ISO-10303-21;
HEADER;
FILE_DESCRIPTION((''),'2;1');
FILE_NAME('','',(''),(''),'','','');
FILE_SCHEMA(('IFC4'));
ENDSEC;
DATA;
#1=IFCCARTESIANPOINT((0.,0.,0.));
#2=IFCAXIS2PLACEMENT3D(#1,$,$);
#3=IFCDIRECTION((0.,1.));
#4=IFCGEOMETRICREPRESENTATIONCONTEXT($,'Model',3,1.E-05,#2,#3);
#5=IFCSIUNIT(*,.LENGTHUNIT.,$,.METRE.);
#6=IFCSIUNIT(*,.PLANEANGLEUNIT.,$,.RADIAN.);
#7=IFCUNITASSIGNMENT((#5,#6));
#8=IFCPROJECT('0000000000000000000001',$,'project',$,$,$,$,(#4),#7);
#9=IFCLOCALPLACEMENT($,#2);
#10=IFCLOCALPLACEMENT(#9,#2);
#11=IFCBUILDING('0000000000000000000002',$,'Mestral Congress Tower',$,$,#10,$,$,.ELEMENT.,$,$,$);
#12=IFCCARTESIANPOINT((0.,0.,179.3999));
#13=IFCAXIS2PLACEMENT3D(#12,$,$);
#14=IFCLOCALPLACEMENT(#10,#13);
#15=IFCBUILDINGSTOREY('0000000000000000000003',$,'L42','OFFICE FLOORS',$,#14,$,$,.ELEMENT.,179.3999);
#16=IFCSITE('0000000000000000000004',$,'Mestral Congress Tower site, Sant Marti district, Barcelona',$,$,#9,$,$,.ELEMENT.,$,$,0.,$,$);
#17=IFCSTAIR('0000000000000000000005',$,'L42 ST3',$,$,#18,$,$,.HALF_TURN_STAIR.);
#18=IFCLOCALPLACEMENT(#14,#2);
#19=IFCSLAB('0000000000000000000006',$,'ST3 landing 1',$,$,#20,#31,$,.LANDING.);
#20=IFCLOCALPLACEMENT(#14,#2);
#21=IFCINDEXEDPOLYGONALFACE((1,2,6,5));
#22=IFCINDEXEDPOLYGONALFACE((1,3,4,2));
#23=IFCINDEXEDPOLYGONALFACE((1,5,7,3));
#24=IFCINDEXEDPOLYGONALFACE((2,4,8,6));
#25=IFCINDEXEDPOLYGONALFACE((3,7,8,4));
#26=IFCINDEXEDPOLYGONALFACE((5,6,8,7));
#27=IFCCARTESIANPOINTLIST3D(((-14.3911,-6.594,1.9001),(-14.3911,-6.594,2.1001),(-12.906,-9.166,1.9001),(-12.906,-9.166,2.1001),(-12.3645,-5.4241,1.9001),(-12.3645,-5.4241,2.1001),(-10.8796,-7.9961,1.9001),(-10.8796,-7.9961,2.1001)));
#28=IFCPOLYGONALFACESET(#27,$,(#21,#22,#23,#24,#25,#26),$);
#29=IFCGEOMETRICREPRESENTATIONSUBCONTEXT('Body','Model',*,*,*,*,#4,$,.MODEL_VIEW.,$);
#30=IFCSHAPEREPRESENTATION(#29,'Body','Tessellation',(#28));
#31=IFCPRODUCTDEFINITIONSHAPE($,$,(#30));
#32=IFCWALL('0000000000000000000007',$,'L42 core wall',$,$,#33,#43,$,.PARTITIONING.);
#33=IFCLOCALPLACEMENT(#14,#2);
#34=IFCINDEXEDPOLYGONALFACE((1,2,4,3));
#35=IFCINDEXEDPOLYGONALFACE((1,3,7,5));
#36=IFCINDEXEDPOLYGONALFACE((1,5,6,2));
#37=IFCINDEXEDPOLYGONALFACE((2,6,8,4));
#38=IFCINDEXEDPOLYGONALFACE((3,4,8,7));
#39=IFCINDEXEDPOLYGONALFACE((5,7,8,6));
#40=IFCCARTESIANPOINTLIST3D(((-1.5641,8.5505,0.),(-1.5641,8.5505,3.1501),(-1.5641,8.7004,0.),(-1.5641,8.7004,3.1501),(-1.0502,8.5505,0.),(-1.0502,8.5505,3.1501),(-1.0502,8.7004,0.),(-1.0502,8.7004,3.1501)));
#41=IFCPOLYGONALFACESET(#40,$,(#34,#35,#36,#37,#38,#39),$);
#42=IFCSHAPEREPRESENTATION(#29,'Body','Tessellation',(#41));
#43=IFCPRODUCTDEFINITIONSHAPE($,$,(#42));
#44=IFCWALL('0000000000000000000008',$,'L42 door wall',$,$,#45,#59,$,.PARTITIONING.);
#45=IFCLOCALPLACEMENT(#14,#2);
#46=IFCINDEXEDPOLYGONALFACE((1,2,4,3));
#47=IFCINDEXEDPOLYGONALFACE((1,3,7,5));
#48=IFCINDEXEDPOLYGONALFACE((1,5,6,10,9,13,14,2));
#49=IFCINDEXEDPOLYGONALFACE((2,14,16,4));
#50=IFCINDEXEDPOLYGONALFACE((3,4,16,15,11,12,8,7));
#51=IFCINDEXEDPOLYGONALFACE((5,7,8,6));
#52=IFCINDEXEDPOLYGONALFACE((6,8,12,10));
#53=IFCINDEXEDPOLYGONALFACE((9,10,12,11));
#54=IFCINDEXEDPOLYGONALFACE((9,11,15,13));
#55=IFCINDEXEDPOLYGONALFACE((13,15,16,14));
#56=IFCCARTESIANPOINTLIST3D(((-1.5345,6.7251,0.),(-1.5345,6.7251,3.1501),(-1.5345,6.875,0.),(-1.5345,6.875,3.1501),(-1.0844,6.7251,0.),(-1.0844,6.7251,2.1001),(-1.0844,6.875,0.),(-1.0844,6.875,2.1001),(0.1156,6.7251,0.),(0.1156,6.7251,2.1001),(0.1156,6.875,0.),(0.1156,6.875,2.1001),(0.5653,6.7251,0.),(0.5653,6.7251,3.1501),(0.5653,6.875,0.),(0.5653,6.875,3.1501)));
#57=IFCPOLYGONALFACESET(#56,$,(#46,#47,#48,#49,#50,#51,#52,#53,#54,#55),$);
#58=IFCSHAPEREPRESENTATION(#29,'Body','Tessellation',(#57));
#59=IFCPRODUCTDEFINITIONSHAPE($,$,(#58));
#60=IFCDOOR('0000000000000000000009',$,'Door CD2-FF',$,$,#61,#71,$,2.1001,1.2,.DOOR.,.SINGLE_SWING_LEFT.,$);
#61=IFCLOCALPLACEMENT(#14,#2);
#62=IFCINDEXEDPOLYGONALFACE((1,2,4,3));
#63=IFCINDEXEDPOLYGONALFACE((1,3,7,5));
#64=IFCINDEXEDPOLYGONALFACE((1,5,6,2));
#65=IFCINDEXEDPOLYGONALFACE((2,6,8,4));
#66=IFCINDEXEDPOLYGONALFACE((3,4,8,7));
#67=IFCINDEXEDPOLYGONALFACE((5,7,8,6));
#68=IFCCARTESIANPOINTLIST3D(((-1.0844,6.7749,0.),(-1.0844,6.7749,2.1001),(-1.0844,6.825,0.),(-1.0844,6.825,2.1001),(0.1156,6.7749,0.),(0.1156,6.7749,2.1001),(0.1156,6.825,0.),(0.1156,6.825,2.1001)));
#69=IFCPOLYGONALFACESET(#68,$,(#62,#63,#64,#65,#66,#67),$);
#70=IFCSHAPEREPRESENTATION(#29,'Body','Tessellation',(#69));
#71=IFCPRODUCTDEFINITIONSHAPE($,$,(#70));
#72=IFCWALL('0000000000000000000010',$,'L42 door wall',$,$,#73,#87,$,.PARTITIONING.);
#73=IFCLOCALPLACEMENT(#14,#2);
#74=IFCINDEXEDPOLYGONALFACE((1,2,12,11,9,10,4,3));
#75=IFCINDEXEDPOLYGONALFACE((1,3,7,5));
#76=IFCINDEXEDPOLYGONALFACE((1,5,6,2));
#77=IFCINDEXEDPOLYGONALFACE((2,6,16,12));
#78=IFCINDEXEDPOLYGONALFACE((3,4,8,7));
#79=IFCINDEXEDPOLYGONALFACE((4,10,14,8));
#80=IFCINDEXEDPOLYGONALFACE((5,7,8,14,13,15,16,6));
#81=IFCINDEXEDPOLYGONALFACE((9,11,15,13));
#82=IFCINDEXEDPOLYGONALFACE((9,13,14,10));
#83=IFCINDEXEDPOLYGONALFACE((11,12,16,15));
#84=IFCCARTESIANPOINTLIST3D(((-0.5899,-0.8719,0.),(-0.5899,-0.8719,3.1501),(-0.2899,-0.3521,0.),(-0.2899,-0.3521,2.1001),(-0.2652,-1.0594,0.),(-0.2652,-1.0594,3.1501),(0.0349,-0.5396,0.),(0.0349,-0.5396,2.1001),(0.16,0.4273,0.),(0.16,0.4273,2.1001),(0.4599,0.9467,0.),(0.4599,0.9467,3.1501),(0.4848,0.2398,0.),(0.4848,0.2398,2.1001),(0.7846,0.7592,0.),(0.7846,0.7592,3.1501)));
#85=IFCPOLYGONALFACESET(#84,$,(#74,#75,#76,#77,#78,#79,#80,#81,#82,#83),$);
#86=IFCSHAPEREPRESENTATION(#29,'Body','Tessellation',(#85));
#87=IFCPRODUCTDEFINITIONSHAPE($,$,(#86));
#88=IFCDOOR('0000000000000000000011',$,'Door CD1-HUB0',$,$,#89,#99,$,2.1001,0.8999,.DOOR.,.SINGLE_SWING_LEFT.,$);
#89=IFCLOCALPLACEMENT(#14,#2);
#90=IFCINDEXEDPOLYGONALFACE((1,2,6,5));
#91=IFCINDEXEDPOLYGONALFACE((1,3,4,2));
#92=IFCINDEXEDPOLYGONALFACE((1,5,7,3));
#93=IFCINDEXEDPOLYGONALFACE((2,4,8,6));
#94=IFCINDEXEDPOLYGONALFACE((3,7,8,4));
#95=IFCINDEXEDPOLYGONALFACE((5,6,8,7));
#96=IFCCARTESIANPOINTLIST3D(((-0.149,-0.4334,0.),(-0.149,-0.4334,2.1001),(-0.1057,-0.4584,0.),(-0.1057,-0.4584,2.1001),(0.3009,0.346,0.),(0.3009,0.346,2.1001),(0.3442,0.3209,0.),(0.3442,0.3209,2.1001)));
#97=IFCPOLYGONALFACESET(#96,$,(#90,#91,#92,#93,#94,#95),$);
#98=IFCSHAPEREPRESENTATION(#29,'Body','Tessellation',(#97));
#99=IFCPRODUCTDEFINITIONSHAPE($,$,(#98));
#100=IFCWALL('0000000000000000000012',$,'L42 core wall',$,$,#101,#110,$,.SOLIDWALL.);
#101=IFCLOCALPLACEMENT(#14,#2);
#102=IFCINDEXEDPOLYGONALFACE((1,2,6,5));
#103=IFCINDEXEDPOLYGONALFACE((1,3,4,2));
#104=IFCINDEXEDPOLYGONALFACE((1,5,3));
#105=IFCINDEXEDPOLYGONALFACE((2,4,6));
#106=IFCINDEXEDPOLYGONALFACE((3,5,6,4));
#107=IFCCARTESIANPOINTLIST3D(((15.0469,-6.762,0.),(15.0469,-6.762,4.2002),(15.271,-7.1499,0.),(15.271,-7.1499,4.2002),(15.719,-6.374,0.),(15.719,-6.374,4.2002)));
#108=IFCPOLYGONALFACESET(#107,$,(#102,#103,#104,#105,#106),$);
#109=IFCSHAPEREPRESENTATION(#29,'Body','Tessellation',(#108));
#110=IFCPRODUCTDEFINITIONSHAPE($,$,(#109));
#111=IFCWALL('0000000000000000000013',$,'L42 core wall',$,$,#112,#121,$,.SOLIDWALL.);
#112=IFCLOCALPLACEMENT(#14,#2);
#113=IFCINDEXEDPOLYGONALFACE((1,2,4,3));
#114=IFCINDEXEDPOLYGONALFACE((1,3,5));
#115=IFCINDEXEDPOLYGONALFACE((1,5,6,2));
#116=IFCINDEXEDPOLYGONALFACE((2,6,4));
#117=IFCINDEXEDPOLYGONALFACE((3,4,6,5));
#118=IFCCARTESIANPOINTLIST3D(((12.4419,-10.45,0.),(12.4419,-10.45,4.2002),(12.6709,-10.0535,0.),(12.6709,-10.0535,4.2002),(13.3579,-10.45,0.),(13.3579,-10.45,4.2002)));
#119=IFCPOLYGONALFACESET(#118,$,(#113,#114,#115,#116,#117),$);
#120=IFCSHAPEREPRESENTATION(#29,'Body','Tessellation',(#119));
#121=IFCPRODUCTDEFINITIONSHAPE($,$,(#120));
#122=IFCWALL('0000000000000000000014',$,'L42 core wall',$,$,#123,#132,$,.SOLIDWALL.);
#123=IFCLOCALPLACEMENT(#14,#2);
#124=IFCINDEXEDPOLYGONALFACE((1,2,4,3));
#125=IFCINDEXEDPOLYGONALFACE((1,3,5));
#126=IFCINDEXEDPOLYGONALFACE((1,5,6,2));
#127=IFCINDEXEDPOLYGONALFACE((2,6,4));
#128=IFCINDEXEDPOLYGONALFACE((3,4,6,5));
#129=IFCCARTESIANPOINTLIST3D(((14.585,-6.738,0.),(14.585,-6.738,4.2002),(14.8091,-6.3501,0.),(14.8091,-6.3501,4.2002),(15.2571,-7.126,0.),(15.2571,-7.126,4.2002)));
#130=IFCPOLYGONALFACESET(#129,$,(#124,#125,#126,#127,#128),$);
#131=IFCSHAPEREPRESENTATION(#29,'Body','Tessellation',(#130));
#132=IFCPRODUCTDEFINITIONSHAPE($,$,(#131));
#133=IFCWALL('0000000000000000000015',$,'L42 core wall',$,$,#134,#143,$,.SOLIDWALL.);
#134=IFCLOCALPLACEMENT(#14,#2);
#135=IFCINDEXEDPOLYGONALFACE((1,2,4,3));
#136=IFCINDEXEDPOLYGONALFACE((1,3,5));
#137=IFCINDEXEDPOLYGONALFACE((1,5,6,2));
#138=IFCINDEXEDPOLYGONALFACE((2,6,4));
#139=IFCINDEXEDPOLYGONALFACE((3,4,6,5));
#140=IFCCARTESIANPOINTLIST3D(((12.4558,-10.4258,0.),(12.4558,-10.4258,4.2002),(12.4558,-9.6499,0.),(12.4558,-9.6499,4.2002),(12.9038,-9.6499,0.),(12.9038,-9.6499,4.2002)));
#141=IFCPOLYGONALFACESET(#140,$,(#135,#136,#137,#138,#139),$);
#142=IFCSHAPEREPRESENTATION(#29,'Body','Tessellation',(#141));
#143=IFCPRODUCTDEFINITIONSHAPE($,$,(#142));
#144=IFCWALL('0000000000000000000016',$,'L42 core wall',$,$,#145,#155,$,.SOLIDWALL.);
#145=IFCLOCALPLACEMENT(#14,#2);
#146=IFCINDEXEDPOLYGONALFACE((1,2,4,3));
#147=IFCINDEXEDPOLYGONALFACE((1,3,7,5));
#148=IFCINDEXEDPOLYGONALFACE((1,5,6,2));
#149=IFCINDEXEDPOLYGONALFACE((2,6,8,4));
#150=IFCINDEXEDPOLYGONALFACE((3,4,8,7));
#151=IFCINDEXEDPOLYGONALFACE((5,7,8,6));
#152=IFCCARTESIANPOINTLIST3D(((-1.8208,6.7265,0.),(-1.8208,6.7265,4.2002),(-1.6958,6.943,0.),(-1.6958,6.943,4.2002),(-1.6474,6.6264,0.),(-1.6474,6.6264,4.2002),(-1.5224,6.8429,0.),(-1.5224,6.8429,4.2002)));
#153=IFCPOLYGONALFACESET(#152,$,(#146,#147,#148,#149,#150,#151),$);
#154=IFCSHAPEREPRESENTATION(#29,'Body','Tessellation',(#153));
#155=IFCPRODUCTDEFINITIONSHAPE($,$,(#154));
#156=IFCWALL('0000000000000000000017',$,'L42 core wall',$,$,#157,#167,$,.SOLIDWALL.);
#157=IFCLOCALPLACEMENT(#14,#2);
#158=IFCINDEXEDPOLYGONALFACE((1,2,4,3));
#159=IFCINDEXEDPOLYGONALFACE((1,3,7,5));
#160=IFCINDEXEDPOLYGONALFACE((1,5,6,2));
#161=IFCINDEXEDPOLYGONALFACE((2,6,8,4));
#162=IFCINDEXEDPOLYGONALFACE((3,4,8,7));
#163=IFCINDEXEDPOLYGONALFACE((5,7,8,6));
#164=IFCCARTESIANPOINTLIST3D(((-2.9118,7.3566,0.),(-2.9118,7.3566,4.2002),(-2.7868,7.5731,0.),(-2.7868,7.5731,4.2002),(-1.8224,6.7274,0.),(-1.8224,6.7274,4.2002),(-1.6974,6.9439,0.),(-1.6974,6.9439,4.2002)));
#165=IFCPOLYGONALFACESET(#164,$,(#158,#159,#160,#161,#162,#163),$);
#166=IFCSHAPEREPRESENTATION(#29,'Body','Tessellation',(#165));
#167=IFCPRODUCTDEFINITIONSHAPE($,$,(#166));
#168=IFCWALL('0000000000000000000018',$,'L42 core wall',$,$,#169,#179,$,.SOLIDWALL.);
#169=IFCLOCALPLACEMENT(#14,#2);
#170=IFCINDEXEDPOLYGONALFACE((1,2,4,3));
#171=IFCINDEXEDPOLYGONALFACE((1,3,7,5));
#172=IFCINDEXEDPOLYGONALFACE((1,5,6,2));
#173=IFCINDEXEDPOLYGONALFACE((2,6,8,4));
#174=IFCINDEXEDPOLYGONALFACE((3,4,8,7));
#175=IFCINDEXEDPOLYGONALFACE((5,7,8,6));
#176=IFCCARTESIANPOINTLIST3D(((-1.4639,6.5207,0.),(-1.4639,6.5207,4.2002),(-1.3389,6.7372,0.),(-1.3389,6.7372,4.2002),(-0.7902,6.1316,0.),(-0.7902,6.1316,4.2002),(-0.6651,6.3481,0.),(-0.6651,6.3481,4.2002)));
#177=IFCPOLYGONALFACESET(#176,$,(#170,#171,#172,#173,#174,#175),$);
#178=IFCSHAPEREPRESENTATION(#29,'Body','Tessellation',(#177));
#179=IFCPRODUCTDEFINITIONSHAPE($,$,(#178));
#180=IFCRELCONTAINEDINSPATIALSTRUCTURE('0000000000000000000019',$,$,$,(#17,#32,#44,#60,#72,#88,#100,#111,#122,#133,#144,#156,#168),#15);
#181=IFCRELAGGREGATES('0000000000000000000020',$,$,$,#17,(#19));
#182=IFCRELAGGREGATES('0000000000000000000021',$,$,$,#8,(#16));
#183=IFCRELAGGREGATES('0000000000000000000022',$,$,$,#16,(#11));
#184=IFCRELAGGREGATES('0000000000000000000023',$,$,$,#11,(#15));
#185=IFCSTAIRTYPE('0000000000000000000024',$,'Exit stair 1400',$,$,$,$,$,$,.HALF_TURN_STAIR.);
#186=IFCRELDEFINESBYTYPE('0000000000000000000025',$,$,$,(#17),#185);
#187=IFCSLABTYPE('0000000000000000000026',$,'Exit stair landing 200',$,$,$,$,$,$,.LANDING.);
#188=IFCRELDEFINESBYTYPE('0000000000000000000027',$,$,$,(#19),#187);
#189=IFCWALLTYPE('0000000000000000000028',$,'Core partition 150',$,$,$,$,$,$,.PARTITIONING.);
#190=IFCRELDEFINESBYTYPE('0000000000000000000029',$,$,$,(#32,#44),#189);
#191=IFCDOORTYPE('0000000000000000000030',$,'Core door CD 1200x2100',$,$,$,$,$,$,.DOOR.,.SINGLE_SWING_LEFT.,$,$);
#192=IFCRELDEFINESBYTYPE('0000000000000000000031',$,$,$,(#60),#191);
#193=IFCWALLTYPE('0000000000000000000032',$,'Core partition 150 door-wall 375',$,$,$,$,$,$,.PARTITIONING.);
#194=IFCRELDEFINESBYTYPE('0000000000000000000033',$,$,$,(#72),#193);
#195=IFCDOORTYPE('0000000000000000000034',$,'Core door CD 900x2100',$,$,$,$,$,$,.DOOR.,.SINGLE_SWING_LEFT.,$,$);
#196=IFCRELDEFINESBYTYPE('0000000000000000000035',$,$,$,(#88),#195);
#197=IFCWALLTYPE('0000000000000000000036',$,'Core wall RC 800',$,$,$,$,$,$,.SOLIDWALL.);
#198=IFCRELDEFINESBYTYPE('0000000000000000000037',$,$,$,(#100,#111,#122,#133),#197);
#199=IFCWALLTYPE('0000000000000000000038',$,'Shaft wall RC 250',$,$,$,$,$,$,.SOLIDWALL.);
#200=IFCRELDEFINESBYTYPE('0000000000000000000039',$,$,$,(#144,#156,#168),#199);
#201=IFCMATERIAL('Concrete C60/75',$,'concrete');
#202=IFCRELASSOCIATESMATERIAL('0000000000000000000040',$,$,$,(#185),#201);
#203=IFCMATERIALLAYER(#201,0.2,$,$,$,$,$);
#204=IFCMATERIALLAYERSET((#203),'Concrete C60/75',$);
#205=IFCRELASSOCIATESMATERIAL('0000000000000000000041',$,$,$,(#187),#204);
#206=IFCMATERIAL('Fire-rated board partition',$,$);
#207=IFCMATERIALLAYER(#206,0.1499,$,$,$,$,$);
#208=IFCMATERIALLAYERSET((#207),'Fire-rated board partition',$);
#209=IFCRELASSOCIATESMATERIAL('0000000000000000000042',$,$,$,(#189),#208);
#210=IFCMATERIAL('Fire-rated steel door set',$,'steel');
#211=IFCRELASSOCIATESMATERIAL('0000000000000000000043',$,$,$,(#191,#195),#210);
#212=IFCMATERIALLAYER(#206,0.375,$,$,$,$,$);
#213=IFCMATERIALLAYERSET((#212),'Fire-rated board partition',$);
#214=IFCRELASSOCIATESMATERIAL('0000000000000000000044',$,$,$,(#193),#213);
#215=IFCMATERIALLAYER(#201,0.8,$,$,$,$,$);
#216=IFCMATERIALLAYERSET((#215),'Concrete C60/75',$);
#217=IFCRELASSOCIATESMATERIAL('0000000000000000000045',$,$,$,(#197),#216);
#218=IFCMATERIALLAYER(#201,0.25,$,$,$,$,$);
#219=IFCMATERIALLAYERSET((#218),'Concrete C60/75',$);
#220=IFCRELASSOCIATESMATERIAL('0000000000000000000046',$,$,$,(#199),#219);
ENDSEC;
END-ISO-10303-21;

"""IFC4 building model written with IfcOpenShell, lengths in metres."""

from ifc_helpers import new_model, si_unit, direction, frame, frame_2d, origin, place, context, subcontext, project, spatial, polyline, rectangle, outline, extrude, material, layer, layer_set, type_object, element, fill, aggregate, save


model = new_model("IFC4")

# Units and contexts
model_context = context("Model", 3, precision=1e-05, world=origin(), true_north=direction((0.0, 1.0)))
body_context = subcontext(model_context, "Body", "Model", "MODEL_VIEW")
ifc_project = project(units=[si_unit("LENGTHUNIT", "METRE"), si_unit("PLANEANGLEUNIT", "RADIAN")], contexts=[model_context])

# Site, building, storey
site_placement = place(None, origin())
site = spatial("IfcSite", under=ifc_project, at=site_placement, Name="Mestral Congress Tower site, Sant Marti district, Barcelona", CompositionType="ELEMENT", RefElevation=0.0)
building_placement = place(site_placement, origin())
building = spatial("IfcBuilding", under=site, at=building_placement, Name="Mestral Congress Tower", CompositionType="ELEMENT")
storey_placement = place(building_placement, frame((0.0, 0.0, 179.3999)))
storey = spatial("IfcBuildingStorey", under=building, at=storey_placement, Name="L42", Description="OFFICE FLOORS", CompositionType="ELEMENT", Elevation=179.3999)

# Shared definitions
ifc_material_1 = material(Name="Concrete C60/75", Category="concrete")

# Stair, slab
stair_type = type_object("IfcStairType", Name="Exit stair 1400", PredefinedType="HALF_TURN_STAIR", material=ifc_material_1)
placement_1 = place(storey_placement, origin())
ifc_layer_1 = layer(ifc_material_1, 0.2)
ifc_layer_set_1 = layer_set([ifc_layer_1], Name="Concrete C60/75")
slab_type_1 = type_object("IfcSlabType", Name="Exit stair landing 200", PredefinedType="LANDING", material=ifc_layer_set_1)
placement_2 = place(storey_placement, frame((0.0, 0.0, 1.9001)))
stair_1 = element("IfcStair", 1, at=placement_1, inside=storey, type_object=stair_type, Name="L42 ST3", PredefinedType="HALF_TURN_STAIR")
slab_1 = element("IfcSlab", 2, at=placement_2, type_object=slab_type_1, Name="ST3 landing 1", PredefinedType="LANDING", context=body_context, shape_type="SweptSolid", body=[
    extrude(outline(polyline([(-12.3645, -5.4241), (-10.8796, -7.9961), (-12.906, -9.166), (-14.3911, -6.594), (-12.3645, -5.4241)])), origin(), (0.0, 0.0, 1.0), 0.2),
])
aggregate(stair_1, [slab_1])

# Wall
ifc_material_2 = material(Name="Fire-rated board partition")
ifc_layer_2 = layer(ifc_material_2, 0.1499)
ifc_layer_set_2 = layer_set([ifc_layer_2], Name="Fire-rated board partition")
wall_type_1 = type_object("IfcWallType", Name="Core partition 150", PredefinedType="PARTITIONING", material=ifc_layer_set_2)
wall_1_placement = place(storey_placement, frame((-1.564, 8.6255, 0.0), z_axis=(0.0, 0.0, 1.0), x_axis=(1.0, 0.0, 0.0)))
element("IfcWall", 3, at=wall_1_placement, inside=storey, type_object=wall_type_1, Name="L42 core wall", PredefinedType="PARTITIONING", context=body_context, shape_type="SweptSolid", body=[
    extrude(rectangle(XDim=0.5139, YDim=0.1499, at=frame_2d((0.2568, 0.0))), origin(), (0.0, 0.0, 1.0), 3.1501),
])

# Walls, openings, doors
wall_2_placement = place(storey_placement, frame((-1.5344, 6.8, 0.0), z_axis=(0.0, 0.0, 1.0), x_axis=(1.0, 0.0, 0.0)))
wall_2 = element("IfcWall", 4, at=wall_2_placement, inside=storey, type_object=wall_type_1, Name="L42 door wall", PredefinedType="PARTITIONING", context=body_context, shape_type="SweptSolid", body=[
    extrude(rectangle(XDim=2.0999, YDim=0.1499, at=frame_2d((1.0498, 0.0))), origin(), (0.0, 0.0, 1.0), 3.1501),
])
opening_1_placement = place(wall_2_placement, frame((0.45, 0.0, 0.0)))
opening_1 = element("IfcOpeningElement", 5, at=opening_1_placement, cuts=wall_2, PredefinedType="OPENING", context=body_context, shape_type="SweptSolid", body=[
    extrude(rectangle(XDim=1.2, YDim=2.1001, at=frame_2d((0.6001, 1.05))), frame((0.0, 0.085, 0.0), z_axis=(0.0, -1.0, 0.0), x_axis=(1.0, 0.0, 0.0)), (0.0, 0.0, 1.0), 0.1699),
])
ifc_material_3 = material(Name="Fire-rated steel door set", Category="steel")
door_type_1 = type_object("IfcDoorType", Name="Core door CD 1200x2100", OperationType="SINGLE_SWING_LEFT", PredefinedType="DOOR", material=ifc_material_3)
door_1_placement = place(opening_1_placement, origin())
door_1 = element("IfcDoor", 6, at=door_1_placement, inside=storey, type_object=door_type_1, Name="Door CD2-FF", OperationType="SINGLE_SWING_LEFT", OverallHeight=2.1001, OverallWidth=1.2, PredefinedType="DOOR", context=body_context, shape_type="SweptSolid", body=[
    extrude(rectangle(XDim=1.2, YDim=2.1001, at=frame_2d((0.6001, 1.05))), frame((0.0, 0.0249, 0.0), z_axis=(0.0, -1.0, 0.0), x_axis=(1.0, 0.0, 0.0)), (0.0, 0.0, 1.0), 0.05),
])
fill(opening_1, door_1)
ifc_layer_3 = layer(ifc_material_2, 0.375)
ifc_layer_set_3 = layer_set([ifc_layer_3], Name="Fire-rated board partition")
wall_type_2 = type_object("IfcWallType", Name="Core partition 150 door-wall 375", PredefinedType="PARTITIONING", material=ifc_layer_set_3)
wall_3_placement = place(storey_placement, frame((-0.4275, -0.9656, 0.0), z_axis=(0.0, 0.0, 1.0), x_axis=(0.499941, 0.86606, 0.0)))
wall_3 = element("IfcWall", 7, at=wall_3_placement, inside=storey, type_object=wall_type_2, Name="L42 door wall", PredefinedType="PARTITIONING", context=body_context, shape_type="SweptSolid", body=[
    extrude(rectangle(XDim=2.0999, YDim=0.375, at=frame_2d((1.0498, 0.0))), origin(), (0.0, 0.0, 1.0), 3.1501),
])
opening_2_placement = place(wall_3_placement, frame((0.6001, 0.0, 0.0)))
opening_2 = element("IfcOpeningElement", 8, at=opening_2_placement, cuts=wall_3, PredefinedType="OPENING", context=body_context, shape_type="SweptSolid", body=[
    extrude(rectangle(XDim=0.8999, YDim=2.1001, at=frame_2d((0.45, 1.05))), frame((0.0, 0.1975, 0.0), z_axis=(0.0, -1.0, 0.0), x_axis=(1.0, 0.0, 0.0)), (0.0, 0.0, 1.0), 0.395),
])
door_type_2 = type_object("IfcDoorType", Name="Core door CD 900x2100", OperationType="SINGLE_SWING_LEFT", PredefinedType="DOOR", material=ifc_material_3)
door_2_placement = place(opening_2_placement, origin())
door_2 = element("IfcDoor", 9, at=door_2_placement, inside=storey, type_object=door_type_2, Name="Door CD1-HUB0", OperationType="SINGLE_SWING_LEFT", OverallHeight=2.1001, OverallWidth=0.8999, PredefinedType="DOOR", context=body_context, shape_type="SweptSolid", body=[
    extrude(rectangle(XDim=0.8999, YDim=2.1001, at=frame_2d((0.45, 1.05))), frame((0.0, 0.0249, 0.0), z_axis=(0.0, -1.0, 0.0), x_axis=(1.0, 0.0, 0.0)), (0.0, 0.0, 1.0), 0.05),
])
fill(opening_2, door_2)

# Walls
ifc_layer_4 = layer(ifc_material_1, 0.8)
ifc_layer_set_4 = layer_set([ifc_layer_4], Name="Concrete C60/75")
wall_type_3 = type_object("IfcWallType", Name="Core wall RC 800", PredefinedType="SOLIDWALL", material=ifc_layer_set_4)
element("IfcWall", 10, at=placement_1, inside=storey, type_object=wall_type_3, Name="L42 core wall", PredefinedType="SOLIDWALL", context=body_context, shape_type="SweptSolid", body=[
    extrude(outline(polyline([(15.271, -7.1499), (15.0469, -6.762), (15.719, -6.374), (15.271, -7.1499)])), origin(), (0.0, 0.0, 1.0), 4.2002),
])
element("IfcWall", 11, at=placement_1, inside=storey, type_object=wall_type_3, Name="L42 core wall", PredefinedType="SOLIDWALL", context=body_context, shape_type="SweptSolid", body=[
    extrude(outline(polyline([(12.6709, -10.0535), (13.3579, -10.45), (12.4419, -10.45), (12.6709, -10.0535)])), origin(), (0.0, 0.0, 1.0), 4.2002),
])
element("IfcWall", 12, at=placement_1, inside=storey, type_object=wall_type_3, Name="L42 core wall", PredefinedType="SOLIDWALL", context=body_context, shape_type="SweptSolid", body=[
    extrude(outline(polyline([(14.8091, -6.3501), (15.2571, -7.126), (14.585, -6.738), (14.8091, -6.3501)])), origin(), (0.0, 0.0, 1.0), 4.2002),
])
element("IfcWall", 13, at=placement_1, inside=storey, type_object=wall_type_3, Name="L42 core wall", PredefinedType="SOLIDWALL", context=body_context, shape_type="SweptSolid", body=[
    extrude(outline(polyline([(12.9038, -9.6499), (12.4558, -10.4258), (12.4558, -9.6499), (12.9038, -9.6499)])), origin(), (0.0, 0.0, 1.0), 4.2002),
])
ifc_layer_5 = layer(ifc_material_1, 0.25)
ifc_layer_set_5 = layer_set([ifc_layer_5], Name="Concrete C60/75")
wall_type_4 = type_object("IfcWallType", Name="Shaft wall RC 250", PredefinedType="SOLIDWALL", material=ifc_layer_set_5)
wall_4_placement = place(storey_placement, frame((-1.7583, 6.8347, 0.0), z_axis=(0.0, 0.0, 1.0), x_axis=(0.865982, -0.500074, 0.0)))
element("IfcWall", 14, at=wall_4_placement, inside=storey, type_object=wall_type_4, Name="L42 core wall", PredefinedType="SOLIDWALL", context=body_context, shape_type="SweptSolid", body=[
    extrude(rectangle(XDim=0.2002, YDim=0.25, at=frame_2d((0.1001, 0.0))), origin(), (0.0, 0.0, 1.0), 4.2002),
])
wall_5_placement = place(storey_placement, frame((-1.76, 6.8357, 0.0), z_axis=(0.0, 0.0, 1.0), x_axis=(-0.865953, 0.500126, 0.0)))
element("IfcWall", 15, at=wall_5_placement, inside=storey, type_object=wall_type_4, Name="L42 core wall", PredefinedType="SOLIDWALL", context=body_context, shape_type="SweptSolid", body=[
    extrude(rectangle(XDim=1.2581, YDim=0.25, at=frame_2d((0.6289, 0.0))), origin(), (0.0, 0.0, 1.0), 4.2002),
])
wall_6_placement = place(storey_placement, frame((-0.7275, 6.2397, 0.0), z_axis=(0.0, 0.0, 1.0), x_axis=(-0.865956, 0.500121, 0.0)))
element("IfcWall", 16, at=wall_6_placement, inside=storey, type_object=wall_type_4, Name="L42 core wall", PredefinedType="SOLIDWALL", context=body_context, shape_type="SweptSolid", body=[
    extrude(rectangle(XDim=0.7781, YDim=0.25, at=frame_2d((0.3892, 0.0))), origin(), (0.0, 0.0, 1.0), 4.2002),
])

save(model, "model.ifc")
